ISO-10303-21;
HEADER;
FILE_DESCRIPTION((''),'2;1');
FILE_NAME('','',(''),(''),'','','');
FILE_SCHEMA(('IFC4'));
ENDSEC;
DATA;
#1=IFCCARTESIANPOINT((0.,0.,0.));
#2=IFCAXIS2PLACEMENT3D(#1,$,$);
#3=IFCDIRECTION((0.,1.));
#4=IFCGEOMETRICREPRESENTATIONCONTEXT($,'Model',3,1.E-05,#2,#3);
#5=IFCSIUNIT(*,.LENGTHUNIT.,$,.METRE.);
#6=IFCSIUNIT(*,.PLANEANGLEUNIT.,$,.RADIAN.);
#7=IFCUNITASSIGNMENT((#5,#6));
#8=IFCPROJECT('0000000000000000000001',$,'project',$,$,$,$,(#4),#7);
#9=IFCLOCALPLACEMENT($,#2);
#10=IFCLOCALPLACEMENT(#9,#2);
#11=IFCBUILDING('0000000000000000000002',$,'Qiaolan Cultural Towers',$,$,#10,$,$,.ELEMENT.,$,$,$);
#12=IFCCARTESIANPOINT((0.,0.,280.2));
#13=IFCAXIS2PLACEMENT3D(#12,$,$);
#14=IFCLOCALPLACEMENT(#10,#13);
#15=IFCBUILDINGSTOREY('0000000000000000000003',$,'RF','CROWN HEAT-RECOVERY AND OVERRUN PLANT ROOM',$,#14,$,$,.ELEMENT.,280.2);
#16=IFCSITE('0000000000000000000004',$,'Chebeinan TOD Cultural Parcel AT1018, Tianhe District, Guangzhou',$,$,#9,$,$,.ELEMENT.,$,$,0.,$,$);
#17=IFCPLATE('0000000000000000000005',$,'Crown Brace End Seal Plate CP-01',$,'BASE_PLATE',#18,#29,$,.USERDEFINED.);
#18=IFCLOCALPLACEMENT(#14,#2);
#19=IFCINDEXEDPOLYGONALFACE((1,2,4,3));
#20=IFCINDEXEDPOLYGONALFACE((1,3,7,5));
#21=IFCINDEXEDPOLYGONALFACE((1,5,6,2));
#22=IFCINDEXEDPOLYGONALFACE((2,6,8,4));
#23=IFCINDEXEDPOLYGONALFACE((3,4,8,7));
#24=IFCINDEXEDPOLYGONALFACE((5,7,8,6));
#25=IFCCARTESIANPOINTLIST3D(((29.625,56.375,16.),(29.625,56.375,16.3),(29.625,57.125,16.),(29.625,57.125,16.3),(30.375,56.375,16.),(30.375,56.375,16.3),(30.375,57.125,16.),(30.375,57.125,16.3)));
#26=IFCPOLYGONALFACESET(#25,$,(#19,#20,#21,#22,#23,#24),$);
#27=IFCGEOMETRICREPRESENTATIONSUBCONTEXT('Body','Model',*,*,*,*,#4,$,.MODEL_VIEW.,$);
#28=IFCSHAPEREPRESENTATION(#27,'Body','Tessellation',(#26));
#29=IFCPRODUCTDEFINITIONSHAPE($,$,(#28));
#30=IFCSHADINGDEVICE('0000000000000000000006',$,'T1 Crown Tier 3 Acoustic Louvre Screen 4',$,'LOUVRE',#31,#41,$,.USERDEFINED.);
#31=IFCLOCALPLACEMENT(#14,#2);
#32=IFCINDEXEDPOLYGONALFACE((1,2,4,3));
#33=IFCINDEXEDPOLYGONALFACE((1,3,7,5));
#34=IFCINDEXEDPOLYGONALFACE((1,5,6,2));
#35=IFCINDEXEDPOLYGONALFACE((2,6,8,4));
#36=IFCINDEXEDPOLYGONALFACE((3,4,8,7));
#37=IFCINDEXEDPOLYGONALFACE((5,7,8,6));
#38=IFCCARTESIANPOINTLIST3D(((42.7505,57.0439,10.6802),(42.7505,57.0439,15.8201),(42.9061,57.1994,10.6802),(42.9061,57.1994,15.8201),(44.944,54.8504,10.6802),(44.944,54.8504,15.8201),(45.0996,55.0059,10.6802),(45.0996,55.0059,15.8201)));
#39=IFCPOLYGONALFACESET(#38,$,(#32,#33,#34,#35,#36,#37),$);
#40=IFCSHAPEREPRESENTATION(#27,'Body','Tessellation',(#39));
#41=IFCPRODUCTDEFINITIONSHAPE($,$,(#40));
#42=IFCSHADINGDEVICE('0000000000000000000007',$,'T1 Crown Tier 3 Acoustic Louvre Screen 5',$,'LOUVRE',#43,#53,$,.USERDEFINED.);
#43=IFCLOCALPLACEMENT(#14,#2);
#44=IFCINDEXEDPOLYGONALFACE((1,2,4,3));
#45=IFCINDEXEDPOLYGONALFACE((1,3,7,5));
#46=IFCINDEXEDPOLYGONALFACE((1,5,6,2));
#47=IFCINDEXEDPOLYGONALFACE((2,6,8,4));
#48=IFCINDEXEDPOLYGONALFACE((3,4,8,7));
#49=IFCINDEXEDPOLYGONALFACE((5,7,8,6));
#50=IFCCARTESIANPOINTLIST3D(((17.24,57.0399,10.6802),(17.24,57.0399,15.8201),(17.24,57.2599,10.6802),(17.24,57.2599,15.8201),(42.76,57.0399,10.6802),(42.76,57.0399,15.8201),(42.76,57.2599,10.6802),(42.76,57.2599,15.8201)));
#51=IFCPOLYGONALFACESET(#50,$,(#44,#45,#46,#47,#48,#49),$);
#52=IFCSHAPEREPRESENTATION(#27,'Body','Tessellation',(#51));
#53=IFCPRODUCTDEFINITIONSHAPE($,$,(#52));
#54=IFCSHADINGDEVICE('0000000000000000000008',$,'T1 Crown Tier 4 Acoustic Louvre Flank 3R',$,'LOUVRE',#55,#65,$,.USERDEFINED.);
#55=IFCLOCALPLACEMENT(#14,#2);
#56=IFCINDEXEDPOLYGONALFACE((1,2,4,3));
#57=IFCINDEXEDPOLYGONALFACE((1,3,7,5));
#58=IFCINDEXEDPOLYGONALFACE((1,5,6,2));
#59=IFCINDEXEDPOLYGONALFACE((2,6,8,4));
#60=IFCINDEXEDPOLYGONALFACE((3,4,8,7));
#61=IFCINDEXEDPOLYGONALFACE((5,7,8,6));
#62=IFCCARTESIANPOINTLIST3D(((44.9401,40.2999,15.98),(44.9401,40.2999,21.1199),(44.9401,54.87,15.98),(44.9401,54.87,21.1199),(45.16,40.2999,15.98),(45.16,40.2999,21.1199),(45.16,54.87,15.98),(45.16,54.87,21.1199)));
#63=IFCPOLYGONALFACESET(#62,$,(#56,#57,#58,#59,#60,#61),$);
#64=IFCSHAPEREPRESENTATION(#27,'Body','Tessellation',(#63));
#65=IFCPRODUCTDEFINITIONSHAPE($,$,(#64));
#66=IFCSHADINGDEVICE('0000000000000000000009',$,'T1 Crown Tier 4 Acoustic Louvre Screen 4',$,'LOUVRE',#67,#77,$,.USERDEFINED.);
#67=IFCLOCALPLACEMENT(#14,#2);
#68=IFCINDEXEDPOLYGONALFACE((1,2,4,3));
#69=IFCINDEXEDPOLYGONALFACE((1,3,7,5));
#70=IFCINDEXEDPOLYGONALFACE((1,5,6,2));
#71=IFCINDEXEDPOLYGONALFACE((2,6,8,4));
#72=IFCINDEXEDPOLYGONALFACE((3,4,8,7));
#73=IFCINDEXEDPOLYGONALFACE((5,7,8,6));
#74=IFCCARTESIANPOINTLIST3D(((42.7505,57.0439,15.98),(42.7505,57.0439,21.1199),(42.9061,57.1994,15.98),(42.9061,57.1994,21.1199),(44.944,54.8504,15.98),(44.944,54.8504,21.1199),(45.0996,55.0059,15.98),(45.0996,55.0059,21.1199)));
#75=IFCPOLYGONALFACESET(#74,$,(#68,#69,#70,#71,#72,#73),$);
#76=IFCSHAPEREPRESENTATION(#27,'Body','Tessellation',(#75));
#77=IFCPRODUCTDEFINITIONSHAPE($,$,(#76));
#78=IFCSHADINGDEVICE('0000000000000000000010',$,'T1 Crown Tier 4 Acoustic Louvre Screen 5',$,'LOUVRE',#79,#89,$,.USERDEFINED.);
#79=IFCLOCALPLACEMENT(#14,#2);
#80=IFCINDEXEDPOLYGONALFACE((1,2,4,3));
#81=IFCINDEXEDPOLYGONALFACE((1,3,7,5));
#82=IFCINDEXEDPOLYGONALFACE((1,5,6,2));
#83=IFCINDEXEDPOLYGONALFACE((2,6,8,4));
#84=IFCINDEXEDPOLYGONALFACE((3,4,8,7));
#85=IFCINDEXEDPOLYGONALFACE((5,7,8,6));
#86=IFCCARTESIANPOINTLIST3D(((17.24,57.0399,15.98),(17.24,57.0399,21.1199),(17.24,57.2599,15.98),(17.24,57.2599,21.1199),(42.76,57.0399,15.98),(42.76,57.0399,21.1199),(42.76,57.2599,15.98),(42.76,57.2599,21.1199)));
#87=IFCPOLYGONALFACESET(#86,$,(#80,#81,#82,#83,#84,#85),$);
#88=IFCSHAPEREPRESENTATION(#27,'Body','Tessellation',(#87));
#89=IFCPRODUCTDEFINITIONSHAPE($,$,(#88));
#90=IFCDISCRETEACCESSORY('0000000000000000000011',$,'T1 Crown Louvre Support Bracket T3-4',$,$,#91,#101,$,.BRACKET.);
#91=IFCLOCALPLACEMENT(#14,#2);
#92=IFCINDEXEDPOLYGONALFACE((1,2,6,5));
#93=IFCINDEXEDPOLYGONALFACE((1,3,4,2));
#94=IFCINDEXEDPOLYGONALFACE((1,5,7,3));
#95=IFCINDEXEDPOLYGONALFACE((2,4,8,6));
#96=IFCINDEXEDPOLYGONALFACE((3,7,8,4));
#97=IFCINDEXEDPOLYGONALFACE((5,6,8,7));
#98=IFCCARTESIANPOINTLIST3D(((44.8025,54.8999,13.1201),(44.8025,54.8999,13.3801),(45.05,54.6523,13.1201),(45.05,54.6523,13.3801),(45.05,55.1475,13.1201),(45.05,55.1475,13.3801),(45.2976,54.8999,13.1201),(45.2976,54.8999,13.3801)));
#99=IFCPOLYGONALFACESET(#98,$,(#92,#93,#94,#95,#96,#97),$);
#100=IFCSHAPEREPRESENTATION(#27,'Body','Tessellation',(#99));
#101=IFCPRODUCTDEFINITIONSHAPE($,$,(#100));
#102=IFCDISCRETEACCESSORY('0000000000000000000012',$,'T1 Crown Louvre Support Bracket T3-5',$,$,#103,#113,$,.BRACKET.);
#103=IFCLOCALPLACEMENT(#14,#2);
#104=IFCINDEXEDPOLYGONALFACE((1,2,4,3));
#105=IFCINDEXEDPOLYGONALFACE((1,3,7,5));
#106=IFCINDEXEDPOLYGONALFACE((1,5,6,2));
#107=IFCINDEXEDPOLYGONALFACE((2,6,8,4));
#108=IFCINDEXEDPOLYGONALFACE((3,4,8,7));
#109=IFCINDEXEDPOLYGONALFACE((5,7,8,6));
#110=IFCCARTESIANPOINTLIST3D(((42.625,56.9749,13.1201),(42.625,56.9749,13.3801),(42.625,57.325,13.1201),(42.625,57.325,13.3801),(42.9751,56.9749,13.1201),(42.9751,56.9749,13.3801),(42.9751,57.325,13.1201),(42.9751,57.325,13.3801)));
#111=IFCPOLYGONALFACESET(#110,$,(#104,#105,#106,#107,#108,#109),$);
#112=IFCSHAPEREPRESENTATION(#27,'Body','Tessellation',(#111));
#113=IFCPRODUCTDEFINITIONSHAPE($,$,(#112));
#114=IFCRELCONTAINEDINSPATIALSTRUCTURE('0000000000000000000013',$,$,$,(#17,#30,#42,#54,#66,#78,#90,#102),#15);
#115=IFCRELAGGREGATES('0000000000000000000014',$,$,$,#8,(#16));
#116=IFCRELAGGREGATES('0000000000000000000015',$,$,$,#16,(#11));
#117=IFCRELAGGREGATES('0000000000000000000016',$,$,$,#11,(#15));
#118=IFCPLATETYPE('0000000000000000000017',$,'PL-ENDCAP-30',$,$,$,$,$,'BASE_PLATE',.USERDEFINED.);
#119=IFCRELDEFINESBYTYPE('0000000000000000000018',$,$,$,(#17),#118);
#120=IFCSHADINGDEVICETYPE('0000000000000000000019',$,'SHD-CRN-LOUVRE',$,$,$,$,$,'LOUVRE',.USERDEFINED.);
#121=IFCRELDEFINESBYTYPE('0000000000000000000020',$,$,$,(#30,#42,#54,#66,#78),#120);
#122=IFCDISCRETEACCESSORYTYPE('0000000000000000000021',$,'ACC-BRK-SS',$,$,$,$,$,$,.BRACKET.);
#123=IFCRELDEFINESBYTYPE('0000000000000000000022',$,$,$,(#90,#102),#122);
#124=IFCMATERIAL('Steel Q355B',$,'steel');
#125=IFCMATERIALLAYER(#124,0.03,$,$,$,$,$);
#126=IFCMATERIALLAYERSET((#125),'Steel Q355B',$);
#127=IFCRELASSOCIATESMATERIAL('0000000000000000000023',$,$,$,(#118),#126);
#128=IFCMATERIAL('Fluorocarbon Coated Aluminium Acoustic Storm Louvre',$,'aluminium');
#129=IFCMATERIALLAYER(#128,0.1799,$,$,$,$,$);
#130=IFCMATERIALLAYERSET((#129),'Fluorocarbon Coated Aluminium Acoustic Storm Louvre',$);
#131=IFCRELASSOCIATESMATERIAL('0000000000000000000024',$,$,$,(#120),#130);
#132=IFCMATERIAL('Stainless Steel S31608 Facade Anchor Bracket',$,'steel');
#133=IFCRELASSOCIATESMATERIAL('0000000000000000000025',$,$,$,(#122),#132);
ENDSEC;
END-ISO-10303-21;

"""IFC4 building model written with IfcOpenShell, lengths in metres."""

from ifc_helpers import new_model, si_unit, direction, frame, origin, origin_2d, place, context, subcontext, project, spatial, rectangle, extrude, material, layer, layer_set, type_object, element, save


model = new_model("IFC4")

# Units and contexts
model_context = context("Model", 3, precision=1e-05, world=origin(), true_north=direction((0.0, 1.0)))
body_context = subcontext(model_context, "Body", "Model", "MODEL_VIEW")
ifc_project = project(units=[si_unit("LENGTHUNIT", "METRE"), si_unit("PLANEANGLEUNIT", "RADIAN")], contexts=[model_context])

# Site, building, storey
site_placement = place(None, origin())
site = spatial("IfcSite", under=ifc_project, at=site_placement, Name="Chebeinan TOD Cultural Parcel AT1018, Tianhe District, Guangzhou", CompositionType="ELEMENT", RefElevation=0.0)
building_placement = place(site_placement, origin())
building = spatial("IfcBuilding", under=site, at=building_placement, Name="Qiaolan Cultural Towers", CompositionType="ELEMENT")
storey_placement = place(building_placement, frame((0.0, 0.0, 280.2)))
storey = spatial("IfcBuildingStorey", under=building, at=storey_placement, Name="RF", Description="CROWN HEAT-RECOVERY AND OVERRUN PLANT ROOM", CompositionType="ELEMENT", Elevation=280.2)

# Plate
ifc_material_1 = material(Name="Steel Q355B", Category="steel")
ifc_layer_1 = layer(ifc_material_1, 0.03)
ifc_layer_set_1 = layer_set([ifc_layer_1], Name="Steel Q355B")
plate_type_1 = type_object("IfcPlateType", Name="PL-ENDCAP-30", ElementType="BASE_PLATE", PredefinedType="USERDEFINED", material=ifc_layer_set_1)
for number, where, z_axis, x_axis, name in (
    (1, (30.0, 56.75, 16.0), (0.0, 0.0, 1.0), (1.0, 0.0, 0.0), "Crown Brace End Seal Plate CP-01"),
):
    element("IfcPlate", number, at=place(storey_placement, frame(where, z_axis=z_axis, x_axis=x_axis)), inside=storey, type_object=plate_type_1, Name=name, ObjectType="BASE_PLATE", PredefinedType="USERDEFINED", context=body_context, shape_type="SweptSolid", body=[
        extrude(rectangle(XDim=0.75, YDim=0.75, at=origin_2d()), origin(), (0.0, 0.0, 1.0), 0.3),
    ])

# Shading devices
ifc_material_2 = material(Name="Fluorocarbon Coated Aluminium Acoustic Storm Louvre", Category="aluminium")
ifc_layer_2 = layer(ifc_material_2, 0.1799)
ifc_layer_set_2 = layer_set([ifc_layer_2], Name="Fluorocarbon Coated Aluminium Acoustic Storm Louvre")
shading_device_type = type_object("IfcShadingDeviceType", Name="SHD-CRN-LOUVRE", ElementType="LOUVRE", PredefinedType="USERDEFINED", material=ifc_layer_set_2)
shading_device_1_placement = place(storey_placement, frame((43.925, 56.0249, 10.6802), z_axis=(0.0, 0.0, 1.0), x_axis=(-0.707107, 0.707107, 0.0)))
element("IfcShadingDevice", 2, at=shading_device_1_placement, inside=storey, type_object=shading_device_type, Name="T1 Crown Tier 3 Acoustic Louvre Screen 4", ObjectType="LOUVRE", PredefinedType="USERDEFINED", context=body_context, shape_type="SweptSolid", body=[
    extrude(rectangle(XDim=3.1021, YDim=0.22, at=origin_2d()), origin(), (0.0, 0.0, 1.0), 5.1399),
])
shading_device_2_placement = place(storey_placement, frame((30.0, 57.1499, 10.6802), z_axis=(0.0, 0.0, 1.0), x_axis=(-1.0, 0.0, 0.0)))
element("IfcShadingDevice", 3, at=shading_device_2_placement, inside=storey, type_object=shading_device_type, Name="T1 Crown Tier 3 Acoustic Louvre Screen 5", ObjectType="LOUVRE", PredefinedType="USERDEFINED", context=body_context, shape_type="SweptSolid", body=[
    extrude(rectangle(XDim=25.52, YDim=0.22, at=origin_2d()), origin(), (0.0, 0.0, 1.0), 5.1399),
])
shading_device_3_placement = place(storey_placement, frame((45.05, 47.585, 15.98), z_axis=(0.0, 0.0, 1.0), x_axis=(0.0, 1.0, 0.0)))
element("IfcShadingDevice", 4, at=shading_device_3_placement, inside=storey, type_object=shading_device_type, Name="T1 Crown Tier 4 Acoustic Louvre Flank 3R", ObjectType="LOUVRE", PredefinedType="USERDEFINED", context=body_context, shape_type="SweptSolid", body=[
    extrude(rectangle(XDim=14.5701, YDim=0.22, at=origin_2d()), origin(), (0.0, 0.0, 1.0), 5.1399),
])
shading_device_4_placement = place(storey_placement, frame((43.925, 56.0249, 15.98), z_axis=(0.0, 0.0, 1.0), x_axis=(-0.707107, 0.707107, 0.0)))
element("IfcShadingDevice", 5, at=shading_device_4_placement, inside=storey, type_object=shading_device_type, Name="T1 Crown Tier 4 Acoustic Louvre Screen 4", ObjectType="LOUVRE", PredefinedType="USERDEFINED", context=body_context, shape_type="SweptSolid", body=[
    extrude(rectangle(XDim=3.1021, YDim=0.22, at=origin_2d()), origin(), (0.0, 0.0, 1.0), 5.1399),
])
shading_device_5_placement = place(storey_placement, frame((30.0, 57.1499, 15.98), z_axis=(0.0, 0.0, 1.0), x_axis=(-1.0, 0.0, 0.0)))
element("IfcShadingDevice", 6, at=shading_device_5_placement, inside=storey, type_object=shading_device_type, Name="T1 Crown Tier 4 Acoustic Louvre Screen 5", ObjectType="LOUVRE", PredefinedType="USERDEFINED", context=body_context, shape_type="SweptSolid", body=[
    extrude(rectangle(XDim=25.52, YDim=0.22, at=origin_2d()), origin(), (0.0, 0.0, 1.0), 5.1399),
])

# Discrete accessories
ifc_material_3 = material(Name="Stainless Steel S31608 Facade Anchor Bracket", Category="steel")
discrete_accessory_type = type_object("IfcDiscreteAccessoryType", Name="ACC-BRK-SS", PredefinedType="BRACKET", material=ifc_material_3)
for number, where, z_axis, x_axis, name in (
    (7, (45.05, 54.8999, 13.1201), (0.0, 0.0, 1.0), (-0.707107, 0.707107, 0.0), "T1 Crown Louvre Support Bracket T3-4"),
    (8, (42.8, 57.1499, 13.1201), (0.0, 0.0, 1.0), (-1.0, 0.0, 0.0), "T1 Crown Louvre Support Bracket T3-5"),
):
    element("IfcDiscreteAccessory", number, at=place(storey_placement, frame(where, z_axis=z_axis, x_axis=x_axis)), inside=storey, type_object=discrete_accessory_type, Name=name, PredefinedType="BRACKET", context=body_context, shape_type="SweptSolid", body=[
        extrude(rectangle(XDim=0.3501, YDim=0.3501, at=origin_2d()), origin(), (0.0, 0.0, 1.0), 0.26),
    ])

save(model, "model.ifc")
